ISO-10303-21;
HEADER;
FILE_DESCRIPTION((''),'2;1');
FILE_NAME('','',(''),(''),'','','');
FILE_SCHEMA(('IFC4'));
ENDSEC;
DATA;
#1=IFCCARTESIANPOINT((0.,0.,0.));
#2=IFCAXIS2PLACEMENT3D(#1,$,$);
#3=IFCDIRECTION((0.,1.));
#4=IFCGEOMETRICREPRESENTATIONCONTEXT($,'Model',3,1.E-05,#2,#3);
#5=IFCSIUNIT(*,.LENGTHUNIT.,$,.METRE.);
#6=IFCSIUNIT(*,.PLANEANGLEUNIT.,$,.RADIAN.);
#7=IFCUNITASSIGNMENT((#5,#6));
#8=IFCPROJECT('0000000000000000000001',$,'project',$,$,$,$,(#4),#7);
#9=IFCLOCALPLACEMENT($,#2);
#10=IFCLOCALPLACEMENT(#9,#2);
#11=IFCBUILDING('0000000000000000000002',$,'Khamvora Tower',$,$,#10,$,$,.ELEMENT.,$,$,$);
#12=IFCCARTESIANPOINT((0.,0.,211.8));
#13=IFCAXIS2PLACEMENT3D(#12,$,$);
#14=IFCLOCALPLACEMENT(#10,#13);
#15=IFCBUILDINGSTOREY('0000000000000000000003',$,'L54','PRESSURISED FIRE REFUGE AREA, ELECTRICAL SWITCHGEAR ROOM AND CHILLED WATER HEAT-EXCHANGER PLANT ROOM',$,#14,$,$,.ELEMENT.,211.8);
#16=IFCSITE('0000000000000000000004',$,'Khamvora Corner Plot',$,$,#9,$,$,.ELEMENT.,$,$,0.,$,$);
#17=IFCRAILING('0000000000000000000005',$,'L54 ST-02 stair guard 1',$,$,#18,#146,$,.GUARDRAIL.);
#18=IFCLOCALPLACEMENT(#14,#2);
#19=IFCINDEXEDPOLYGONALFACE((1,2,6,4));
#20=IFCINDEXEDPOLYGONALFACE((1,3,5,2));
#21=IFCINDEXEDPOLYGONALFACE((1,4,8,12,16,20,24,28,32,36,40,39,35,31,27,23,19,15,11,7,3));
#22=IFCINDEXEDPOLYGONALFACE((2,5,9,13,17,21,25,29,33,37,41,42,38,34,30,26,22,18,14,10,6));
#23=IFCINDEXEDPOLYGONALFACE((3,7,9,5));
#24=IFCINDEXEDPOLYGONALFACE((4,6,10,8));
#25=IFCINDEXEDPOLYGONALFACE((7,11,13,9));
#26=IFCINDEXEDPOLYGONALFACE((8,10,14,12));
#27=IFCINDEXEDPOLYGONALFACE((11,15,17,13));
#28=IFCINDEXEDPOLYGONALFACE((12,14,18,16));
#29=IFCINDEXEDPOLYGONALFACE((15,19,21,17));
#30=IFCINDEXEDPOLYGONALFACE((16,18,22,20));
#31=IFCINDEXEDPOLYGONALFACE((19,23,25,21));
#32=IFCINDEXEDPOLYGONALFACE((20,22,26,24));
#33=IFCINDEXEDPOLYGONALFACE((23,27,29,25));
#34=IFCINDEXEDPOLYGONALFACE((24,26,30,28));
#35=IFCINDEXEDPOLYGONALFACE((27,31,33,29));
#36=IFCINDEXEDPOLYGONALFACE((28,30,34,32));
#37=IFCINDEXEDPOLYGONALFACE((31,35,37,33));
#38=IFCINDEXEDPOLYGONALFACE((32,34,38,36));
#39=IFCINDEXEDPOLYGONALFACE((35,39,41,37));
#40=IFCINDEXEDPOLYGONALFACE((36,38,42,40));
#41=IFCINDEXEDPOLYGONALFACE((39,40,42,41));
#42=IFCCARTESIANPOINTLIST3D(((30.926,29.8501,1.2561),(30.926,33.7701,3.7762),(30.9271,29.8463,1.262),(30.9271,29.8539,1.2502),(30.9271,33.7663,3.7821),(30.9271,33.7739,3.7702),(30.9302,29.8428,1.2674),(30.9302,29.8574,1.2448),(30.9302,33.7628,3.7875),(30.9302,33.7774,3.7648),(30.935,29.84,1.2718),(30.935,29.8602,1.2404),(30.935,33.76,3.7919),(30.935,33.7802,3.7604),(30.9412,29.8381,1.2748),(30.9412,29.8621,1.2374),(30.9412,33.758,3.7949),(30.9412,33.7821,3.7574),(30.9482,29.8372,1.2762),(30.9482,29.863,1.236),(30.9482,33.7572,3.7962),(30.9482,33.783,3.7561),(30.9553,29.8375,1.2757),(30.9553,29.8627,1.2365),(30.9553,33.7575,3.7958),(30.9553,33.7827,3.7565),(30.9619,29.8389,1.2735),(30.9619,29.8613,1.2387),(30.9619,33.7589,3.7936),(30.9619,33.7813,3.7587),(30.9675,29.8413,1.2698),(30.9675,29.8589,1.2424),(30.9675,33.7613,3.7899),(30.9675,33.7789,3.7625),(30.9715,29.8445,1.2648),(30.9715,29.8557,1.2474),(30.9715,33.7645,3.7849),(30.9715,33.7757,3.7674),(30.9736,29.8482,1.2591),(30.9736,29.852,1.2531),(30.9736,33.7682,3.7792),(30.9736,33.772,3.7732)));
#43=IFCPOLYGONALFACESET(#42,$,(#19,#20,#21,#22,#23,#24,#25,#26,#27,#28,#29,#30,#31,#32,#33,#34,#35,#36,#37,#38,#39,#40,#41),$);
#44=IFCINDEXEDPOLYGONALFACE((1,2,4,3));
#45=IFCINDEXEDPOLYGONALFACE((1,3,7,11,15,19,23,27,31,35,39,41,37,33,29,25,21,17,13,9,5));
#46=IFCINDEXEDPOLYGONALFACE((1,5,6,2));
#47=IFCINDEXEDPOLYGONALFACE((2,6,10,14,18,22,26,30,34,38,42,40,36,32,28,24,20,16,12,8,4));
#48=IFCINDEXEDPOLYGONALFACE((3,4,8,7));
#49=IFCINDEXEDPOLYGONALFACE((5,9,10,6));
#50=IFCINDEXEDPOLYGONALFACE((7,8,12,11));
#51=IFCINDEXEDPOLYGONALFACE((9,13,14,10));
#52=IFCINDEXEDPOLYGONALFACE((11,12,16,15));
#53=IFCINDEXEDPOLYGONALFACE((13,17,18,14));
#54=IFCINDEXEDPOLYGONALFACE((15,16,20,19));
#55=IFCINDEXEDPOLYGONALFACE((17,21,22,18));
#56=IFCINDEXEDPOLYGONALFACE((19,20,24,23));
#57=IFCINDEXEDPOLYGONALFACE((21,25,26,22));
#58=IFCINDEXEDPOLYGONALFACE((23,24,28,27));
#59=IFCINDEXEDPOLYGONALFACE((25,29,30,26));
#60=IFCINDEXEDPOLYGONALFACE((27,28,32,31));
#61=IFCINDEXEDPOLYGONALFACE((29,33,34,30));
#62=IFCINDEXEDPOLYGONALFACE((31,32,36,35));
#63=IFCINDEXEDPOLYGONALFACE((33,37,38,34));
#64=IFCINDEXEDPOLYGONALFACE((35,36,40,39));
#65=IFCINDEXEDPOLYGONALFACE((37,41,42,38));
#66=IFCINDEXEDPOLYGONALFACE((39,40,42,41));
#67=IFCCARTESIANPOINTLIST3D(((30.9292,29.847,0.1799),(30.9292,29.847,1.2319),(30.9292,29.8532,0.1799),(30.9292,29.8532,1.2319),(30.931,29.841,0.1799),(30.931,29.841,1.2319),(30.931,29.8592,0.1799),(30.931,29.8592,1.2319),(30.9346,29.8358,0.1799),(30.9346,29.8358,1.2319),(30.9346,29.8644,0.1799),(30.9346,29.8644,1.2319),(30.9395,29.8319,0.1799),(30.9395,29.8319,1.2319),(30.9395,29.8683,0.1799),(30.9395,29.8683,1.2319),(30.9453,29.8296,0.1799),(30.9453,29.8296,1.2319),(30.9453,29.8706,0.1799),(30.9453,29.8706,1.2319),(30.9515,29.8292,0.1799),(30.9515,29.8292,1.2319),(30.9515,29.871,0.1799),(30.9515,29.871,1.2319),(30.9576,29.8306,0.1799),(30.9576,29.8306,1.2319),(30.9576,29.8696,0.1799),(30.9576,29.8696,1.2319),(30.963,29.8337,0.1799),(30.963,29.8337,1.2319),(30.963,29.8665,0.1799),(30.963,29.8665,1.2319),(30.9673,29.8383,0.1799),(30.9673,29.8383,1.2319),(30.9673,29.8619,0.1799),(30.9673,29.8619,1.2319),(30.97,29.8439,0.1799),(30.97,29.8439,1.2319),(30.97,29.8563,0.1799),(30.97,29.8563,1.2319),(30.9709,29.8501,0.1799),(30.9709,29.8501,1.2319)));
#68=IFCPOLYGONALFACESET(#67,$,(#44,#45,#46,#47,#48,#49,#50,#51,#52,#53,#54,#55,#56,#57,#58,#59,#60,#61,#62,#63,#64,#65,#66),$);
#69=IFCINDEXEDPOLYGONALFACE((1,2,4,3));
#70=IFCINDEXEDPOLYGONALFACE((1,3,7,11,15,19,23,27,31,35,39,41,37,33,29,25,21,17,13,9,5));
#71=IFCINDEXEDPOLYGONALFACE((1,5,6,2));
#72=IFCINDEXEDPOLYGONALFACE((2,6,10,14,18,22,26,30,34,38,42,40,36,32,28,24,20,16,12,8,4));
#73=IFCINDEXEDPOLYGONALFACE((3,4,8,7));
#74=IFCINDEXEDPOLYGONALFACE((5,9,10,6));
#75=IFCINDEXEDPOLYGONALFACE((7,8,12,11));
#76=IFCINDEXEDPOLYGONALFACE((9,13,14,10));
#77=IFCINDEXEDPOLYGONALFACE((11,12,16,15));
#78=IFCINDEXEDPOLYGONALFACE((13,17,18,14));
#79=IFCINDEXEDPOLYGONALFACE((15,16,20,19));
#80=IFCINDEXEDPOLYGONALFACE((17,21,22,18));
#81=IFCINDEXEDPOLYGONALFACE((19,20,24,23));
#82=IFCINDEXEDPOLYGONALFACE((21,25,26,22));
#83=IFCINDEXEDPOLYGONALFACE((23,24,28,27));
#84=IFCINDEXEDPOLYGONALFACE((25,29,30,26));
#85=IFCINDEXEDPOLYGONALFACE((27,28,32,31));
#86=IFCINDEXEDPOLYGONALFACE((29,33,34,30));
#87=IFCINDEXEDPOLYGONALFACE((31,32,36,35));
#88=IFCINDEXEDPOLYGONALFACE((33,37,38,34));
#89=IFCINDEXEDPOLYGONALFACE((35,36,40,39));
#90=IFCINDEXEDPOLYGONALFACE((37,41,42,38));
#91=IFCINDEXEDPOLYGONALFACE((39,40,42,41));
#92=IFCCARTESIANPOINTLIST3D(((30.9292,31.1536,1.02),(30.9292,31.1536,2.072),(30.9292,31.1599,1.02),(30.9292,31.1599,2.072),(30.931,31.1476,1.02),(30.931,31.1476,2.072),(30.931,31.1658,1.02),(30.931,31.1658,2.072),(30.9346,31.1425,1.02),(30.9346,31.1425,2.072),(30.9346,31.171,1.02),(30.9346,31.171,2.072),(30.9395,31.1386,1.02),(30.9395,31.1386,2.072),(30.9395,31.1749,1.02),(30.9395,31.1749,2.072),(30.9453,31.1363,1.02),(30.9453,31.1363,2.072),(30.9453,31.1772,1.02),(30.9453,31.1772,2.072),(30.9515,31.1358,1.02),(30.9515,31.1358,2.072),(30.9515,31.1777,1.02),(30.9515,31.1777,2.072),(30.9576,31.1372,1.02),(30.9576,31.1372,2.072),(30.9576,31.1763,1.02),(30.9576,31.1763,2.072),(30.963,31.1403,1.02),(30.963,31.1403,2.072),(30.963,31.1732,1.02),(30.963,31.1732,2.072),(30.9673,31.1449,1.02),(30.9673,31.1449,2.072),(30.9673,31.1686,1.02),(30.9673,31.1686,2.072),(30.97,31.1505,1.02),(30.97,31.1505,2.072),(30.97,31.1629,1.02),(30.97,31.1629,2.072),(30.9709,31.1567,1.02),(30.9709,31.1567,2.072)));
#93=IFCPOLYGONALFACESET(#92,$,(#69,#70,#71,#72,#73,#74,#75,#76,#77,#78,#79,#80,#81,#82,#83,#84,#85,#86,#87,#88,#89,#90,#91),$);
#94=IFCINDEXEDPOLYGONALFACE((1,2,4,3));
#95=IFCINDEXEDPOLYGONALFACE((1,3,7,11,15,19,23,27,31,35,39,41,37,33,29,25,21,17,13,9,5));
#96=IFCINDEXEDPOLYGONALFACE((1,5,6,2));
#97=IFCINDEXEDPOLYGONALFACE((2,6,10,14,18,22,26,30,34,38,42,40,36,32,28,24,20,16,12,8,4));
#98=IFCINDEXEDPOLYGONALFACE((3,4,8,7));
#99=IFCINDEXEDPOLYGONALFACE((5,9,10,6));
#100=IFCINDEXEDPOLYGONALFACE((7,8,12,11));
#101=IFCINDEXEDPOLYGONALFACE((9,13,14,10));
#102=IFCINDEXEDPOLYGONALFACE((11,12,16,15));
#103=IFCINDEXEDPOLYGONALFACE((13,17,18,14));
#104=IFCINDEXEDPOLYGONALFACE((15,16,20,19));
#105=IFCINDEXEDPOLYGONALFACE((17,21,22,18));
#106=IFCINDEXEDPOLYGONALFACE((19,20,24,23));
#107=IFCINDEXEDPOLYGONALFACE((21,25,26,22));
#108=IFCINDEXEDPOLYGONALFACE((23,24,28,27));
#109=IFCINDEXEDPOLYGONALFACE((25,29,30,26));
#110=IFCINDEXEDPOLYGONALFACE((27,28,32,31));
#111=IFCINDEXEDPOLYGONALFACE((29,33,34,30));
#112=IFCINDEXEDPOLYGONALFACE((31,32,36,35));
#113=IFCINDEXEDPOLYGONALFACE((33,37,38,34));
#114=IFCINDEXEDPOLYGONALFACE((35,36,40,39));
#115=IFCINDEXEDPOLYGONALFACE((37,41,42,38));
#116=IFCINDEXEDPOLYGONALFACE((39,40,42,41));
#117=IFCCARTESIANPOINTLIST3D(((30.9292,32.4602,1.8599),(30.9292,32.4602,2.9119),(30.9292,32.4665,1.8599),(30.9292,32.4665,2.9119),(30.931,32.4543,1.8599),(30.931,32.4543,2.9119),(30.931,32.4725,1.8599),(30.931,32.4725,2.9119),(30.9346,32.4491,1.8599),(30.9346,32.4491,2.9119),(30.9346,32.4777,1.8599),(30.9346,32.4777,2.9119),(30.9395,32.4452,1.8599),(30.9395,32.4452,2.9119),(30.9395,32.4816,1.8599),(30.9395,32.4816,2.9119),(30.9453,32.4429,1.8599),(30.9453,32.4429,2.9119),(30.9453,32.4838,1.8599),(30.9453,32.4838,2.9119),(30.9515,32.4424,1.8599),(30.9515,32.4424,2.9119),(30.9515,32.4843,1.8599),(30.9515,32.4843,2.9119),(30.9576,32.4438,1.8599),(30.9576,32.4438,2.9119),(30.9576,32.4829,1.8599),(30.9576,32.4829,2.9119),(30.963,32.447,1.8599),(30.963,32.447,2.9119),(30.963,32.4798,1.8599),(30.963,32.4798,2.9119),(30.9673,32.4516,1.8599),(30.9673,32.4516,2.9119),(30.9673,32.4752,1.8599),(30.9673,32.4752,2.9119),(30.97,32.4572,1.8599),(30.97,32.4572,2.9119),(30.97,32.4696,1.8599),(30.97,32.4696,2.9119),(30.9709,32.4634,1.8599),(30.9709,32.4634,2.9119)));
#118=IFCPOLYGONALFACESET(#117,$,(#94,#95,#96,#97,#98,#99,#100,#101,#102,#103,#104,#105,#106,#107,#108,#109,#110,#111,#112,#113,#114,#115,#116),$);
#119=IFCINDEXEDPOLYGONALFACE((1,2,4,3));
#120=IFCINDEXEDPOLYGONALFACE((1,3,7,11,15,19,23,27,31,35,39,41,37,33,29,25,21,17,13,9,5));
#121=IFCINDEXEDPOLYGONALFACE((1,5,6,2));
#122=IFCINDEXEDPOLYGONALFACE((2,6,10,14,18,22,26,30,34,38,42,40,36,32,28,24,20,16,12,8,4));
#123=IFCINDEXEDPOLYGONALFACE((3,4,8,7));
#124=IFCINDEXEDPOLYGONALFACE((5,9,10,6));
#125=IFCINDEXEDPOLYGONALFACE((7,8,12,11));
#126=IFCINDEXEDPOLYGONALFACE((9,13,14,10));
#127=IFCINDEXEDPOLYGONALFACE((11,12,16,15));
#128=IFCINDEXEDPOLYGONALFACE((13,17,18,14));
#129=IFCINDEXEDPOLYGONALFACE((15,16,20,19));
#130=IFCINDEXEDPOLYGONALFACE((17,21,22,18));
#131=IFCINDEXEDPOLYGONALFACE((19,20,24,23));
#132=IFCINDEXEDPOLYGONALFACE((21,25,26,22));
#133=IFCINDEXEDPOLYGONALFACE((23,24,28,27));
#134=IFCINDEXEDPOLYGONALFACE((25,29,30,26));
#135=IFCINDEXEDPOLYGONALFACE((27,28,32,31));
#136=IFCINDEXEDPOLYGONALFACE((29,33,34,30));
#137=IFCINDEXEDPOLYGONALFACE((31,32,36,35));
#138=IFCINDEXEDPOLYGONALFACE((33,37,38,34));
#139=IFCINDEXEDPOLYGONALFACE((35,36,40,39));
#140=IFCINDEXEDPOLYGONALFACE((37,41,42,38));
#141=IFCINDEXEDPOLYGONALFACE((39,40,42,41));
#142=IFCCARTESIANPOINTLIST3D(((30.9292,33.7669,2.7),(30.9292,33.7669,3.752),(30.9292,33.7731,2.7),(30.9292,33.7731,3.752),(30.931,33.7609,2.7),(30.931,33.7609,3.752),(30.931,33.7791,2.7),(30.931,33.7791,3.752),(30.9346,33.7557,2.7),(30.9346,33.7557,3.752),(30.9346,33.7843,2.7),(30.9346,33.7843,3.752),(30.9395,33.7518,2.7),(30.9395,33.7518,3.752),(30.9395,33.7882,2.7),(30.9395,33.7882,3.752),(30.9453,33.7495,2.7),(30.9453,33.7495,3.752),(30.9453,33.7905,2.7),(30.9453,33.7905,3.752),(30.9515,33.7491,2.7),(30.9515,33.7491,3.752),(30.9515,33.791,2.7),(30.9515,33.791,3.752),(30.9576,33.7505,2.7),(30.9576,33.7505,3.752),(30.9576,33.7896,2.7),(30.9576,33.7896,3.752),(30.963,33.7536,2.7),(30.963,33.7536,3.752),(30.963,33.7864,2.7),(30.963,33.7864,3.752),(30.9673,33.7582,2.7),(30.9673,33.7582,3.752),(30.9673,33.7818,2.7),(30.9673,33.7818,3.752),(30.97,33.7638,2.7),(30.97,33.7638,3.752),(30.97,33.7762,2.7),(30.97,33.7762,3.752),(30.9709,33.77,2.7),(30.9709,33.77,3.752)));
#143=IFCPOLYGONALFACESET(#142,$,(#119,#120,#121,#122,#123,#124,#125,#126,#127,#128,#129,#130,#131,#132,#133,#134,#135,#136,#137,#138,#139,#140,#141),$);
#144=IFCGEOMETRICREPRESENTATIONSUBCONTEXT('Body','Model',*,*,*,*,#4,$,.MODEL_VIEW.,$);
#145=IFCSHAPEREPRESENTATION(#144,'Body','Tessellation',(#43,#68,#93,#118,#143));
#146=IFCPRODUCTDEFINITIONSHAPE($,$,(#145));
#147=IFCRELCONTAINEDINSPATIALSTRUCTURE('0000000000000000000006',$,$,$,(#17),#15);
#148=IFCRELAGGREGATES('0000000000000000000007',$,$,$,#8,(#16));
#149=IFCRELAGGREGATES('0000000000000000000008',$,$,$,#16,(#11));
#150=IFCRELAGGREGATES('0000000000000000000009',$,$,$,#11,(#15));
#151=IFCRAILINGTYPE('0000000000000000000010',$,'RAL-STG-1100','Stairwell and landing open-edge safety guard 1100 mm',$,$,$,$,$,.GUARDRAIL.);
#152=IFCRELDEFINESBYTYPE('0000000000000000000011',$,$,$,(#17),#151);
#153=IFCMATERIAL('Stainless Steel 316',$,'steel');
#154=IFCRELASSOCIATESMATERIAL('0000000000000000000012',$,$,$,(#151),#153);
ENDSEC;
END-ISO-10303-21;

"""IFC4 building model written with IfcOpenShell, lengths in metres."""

from ifc_helpers import new_model, si_unit, direction, frame, origin, origin_2d, place, context, subcontext, project, spatial, circle, extrude, material, type_object, element, save


model = new_model("IFC4")

# Units and contexts
model_context = context("Model", 3, precision=1e-05, world=origin(), true_north=direction((0.0, 1.0)))
body_context = subcontext(model_context, "Body", "Model", "MODEL_VIEW")
ifc_project = project(units=[si_unit("LENGTHUNIT", "METRE"), si_unit("PLANEANGLEUNIT", "RADIAN")], contexts=[model_context])

# Site, building, storey
site_placement = place(None, origin())
site = spatial("IfcSite", under=ifc_project, at=site_placement, Name="Khamvora Corner Plot", CompositionType="ELEMENT", RefElevation=0.0)
building_placement = place(site_placement, origin())
building = spatial("IfcBuilding", under=site, at=building_placement, Name="Khamvora Tower", CompositionType="ELEMENT")
storey_placement = place(building_placement, frame((0.0, 0.0, 211.8)))
storey = spatial("IfcBuildingStorey", under=building, at=storey_placement, Name="L54", Description="PRESSURISED FIRE REFUGE AREA, ELECTRICAL SWITCHGEAR ROOM AND CHILLED WATER HEAT-EXCHANGER PLANT ROOM", CompositionType="ELEMENT", Elevation=211.8)

# Railing
ifc_material_1 = material(Name="Stainless Steel 316", Category="steel")
railing_type_1 = type_object("IfcRailingType", Name="RAL-STG-1100", Description="Stairwell and landing open-edge safety guard 1100 mm", PredefinedType="GUARDRAIL", material=ifc_material_1)
railing_1_placement = place(storey_placement, frame((30.95, 29.8501, 0.1799)))
element("IfcRailing", 1, at=railing_1_placement, inside=storey, type_object=railing_type_1, Name="L54 ST-02 stair guard 1", PredefinedType="GUARDRAIL", context=body_context, shape_type="SweptSolid", body=[
    extrude(circle(Radius=0.0239, at=origin_2d()), frame((0.0, 0.0, 1.0762), z_axis=(0.0, 0.841172, 0.540768), x_axis=(-1.0, 0.0, 0.0)), (0.0, 0.0, 1.0), 4.6602),
    extrude(circle(Radius=0.021, at=origin_2d()), origin(), (0.0, 0.0, 1.0), 1.052),
    extrude(circle(Radius=0.021, at=origin_2d()), frame((0.0, 1.3066, 0.8401)), (0.0, 0.0, 1.0), 1.052),
    extrude(circle(Radius=0.021, at=origin_2d()), frame((0.0, 2.6133, 1.6799)), (0.0, 0.0, 1.0), 1.052),
    extrude(circle(Radius=0.021, at=origin_2d()), frame((0.0, 3.9199, 2.52)), (0.0, 0.0, 1.0), 1.052),
])

save(model, "model.ifc")
